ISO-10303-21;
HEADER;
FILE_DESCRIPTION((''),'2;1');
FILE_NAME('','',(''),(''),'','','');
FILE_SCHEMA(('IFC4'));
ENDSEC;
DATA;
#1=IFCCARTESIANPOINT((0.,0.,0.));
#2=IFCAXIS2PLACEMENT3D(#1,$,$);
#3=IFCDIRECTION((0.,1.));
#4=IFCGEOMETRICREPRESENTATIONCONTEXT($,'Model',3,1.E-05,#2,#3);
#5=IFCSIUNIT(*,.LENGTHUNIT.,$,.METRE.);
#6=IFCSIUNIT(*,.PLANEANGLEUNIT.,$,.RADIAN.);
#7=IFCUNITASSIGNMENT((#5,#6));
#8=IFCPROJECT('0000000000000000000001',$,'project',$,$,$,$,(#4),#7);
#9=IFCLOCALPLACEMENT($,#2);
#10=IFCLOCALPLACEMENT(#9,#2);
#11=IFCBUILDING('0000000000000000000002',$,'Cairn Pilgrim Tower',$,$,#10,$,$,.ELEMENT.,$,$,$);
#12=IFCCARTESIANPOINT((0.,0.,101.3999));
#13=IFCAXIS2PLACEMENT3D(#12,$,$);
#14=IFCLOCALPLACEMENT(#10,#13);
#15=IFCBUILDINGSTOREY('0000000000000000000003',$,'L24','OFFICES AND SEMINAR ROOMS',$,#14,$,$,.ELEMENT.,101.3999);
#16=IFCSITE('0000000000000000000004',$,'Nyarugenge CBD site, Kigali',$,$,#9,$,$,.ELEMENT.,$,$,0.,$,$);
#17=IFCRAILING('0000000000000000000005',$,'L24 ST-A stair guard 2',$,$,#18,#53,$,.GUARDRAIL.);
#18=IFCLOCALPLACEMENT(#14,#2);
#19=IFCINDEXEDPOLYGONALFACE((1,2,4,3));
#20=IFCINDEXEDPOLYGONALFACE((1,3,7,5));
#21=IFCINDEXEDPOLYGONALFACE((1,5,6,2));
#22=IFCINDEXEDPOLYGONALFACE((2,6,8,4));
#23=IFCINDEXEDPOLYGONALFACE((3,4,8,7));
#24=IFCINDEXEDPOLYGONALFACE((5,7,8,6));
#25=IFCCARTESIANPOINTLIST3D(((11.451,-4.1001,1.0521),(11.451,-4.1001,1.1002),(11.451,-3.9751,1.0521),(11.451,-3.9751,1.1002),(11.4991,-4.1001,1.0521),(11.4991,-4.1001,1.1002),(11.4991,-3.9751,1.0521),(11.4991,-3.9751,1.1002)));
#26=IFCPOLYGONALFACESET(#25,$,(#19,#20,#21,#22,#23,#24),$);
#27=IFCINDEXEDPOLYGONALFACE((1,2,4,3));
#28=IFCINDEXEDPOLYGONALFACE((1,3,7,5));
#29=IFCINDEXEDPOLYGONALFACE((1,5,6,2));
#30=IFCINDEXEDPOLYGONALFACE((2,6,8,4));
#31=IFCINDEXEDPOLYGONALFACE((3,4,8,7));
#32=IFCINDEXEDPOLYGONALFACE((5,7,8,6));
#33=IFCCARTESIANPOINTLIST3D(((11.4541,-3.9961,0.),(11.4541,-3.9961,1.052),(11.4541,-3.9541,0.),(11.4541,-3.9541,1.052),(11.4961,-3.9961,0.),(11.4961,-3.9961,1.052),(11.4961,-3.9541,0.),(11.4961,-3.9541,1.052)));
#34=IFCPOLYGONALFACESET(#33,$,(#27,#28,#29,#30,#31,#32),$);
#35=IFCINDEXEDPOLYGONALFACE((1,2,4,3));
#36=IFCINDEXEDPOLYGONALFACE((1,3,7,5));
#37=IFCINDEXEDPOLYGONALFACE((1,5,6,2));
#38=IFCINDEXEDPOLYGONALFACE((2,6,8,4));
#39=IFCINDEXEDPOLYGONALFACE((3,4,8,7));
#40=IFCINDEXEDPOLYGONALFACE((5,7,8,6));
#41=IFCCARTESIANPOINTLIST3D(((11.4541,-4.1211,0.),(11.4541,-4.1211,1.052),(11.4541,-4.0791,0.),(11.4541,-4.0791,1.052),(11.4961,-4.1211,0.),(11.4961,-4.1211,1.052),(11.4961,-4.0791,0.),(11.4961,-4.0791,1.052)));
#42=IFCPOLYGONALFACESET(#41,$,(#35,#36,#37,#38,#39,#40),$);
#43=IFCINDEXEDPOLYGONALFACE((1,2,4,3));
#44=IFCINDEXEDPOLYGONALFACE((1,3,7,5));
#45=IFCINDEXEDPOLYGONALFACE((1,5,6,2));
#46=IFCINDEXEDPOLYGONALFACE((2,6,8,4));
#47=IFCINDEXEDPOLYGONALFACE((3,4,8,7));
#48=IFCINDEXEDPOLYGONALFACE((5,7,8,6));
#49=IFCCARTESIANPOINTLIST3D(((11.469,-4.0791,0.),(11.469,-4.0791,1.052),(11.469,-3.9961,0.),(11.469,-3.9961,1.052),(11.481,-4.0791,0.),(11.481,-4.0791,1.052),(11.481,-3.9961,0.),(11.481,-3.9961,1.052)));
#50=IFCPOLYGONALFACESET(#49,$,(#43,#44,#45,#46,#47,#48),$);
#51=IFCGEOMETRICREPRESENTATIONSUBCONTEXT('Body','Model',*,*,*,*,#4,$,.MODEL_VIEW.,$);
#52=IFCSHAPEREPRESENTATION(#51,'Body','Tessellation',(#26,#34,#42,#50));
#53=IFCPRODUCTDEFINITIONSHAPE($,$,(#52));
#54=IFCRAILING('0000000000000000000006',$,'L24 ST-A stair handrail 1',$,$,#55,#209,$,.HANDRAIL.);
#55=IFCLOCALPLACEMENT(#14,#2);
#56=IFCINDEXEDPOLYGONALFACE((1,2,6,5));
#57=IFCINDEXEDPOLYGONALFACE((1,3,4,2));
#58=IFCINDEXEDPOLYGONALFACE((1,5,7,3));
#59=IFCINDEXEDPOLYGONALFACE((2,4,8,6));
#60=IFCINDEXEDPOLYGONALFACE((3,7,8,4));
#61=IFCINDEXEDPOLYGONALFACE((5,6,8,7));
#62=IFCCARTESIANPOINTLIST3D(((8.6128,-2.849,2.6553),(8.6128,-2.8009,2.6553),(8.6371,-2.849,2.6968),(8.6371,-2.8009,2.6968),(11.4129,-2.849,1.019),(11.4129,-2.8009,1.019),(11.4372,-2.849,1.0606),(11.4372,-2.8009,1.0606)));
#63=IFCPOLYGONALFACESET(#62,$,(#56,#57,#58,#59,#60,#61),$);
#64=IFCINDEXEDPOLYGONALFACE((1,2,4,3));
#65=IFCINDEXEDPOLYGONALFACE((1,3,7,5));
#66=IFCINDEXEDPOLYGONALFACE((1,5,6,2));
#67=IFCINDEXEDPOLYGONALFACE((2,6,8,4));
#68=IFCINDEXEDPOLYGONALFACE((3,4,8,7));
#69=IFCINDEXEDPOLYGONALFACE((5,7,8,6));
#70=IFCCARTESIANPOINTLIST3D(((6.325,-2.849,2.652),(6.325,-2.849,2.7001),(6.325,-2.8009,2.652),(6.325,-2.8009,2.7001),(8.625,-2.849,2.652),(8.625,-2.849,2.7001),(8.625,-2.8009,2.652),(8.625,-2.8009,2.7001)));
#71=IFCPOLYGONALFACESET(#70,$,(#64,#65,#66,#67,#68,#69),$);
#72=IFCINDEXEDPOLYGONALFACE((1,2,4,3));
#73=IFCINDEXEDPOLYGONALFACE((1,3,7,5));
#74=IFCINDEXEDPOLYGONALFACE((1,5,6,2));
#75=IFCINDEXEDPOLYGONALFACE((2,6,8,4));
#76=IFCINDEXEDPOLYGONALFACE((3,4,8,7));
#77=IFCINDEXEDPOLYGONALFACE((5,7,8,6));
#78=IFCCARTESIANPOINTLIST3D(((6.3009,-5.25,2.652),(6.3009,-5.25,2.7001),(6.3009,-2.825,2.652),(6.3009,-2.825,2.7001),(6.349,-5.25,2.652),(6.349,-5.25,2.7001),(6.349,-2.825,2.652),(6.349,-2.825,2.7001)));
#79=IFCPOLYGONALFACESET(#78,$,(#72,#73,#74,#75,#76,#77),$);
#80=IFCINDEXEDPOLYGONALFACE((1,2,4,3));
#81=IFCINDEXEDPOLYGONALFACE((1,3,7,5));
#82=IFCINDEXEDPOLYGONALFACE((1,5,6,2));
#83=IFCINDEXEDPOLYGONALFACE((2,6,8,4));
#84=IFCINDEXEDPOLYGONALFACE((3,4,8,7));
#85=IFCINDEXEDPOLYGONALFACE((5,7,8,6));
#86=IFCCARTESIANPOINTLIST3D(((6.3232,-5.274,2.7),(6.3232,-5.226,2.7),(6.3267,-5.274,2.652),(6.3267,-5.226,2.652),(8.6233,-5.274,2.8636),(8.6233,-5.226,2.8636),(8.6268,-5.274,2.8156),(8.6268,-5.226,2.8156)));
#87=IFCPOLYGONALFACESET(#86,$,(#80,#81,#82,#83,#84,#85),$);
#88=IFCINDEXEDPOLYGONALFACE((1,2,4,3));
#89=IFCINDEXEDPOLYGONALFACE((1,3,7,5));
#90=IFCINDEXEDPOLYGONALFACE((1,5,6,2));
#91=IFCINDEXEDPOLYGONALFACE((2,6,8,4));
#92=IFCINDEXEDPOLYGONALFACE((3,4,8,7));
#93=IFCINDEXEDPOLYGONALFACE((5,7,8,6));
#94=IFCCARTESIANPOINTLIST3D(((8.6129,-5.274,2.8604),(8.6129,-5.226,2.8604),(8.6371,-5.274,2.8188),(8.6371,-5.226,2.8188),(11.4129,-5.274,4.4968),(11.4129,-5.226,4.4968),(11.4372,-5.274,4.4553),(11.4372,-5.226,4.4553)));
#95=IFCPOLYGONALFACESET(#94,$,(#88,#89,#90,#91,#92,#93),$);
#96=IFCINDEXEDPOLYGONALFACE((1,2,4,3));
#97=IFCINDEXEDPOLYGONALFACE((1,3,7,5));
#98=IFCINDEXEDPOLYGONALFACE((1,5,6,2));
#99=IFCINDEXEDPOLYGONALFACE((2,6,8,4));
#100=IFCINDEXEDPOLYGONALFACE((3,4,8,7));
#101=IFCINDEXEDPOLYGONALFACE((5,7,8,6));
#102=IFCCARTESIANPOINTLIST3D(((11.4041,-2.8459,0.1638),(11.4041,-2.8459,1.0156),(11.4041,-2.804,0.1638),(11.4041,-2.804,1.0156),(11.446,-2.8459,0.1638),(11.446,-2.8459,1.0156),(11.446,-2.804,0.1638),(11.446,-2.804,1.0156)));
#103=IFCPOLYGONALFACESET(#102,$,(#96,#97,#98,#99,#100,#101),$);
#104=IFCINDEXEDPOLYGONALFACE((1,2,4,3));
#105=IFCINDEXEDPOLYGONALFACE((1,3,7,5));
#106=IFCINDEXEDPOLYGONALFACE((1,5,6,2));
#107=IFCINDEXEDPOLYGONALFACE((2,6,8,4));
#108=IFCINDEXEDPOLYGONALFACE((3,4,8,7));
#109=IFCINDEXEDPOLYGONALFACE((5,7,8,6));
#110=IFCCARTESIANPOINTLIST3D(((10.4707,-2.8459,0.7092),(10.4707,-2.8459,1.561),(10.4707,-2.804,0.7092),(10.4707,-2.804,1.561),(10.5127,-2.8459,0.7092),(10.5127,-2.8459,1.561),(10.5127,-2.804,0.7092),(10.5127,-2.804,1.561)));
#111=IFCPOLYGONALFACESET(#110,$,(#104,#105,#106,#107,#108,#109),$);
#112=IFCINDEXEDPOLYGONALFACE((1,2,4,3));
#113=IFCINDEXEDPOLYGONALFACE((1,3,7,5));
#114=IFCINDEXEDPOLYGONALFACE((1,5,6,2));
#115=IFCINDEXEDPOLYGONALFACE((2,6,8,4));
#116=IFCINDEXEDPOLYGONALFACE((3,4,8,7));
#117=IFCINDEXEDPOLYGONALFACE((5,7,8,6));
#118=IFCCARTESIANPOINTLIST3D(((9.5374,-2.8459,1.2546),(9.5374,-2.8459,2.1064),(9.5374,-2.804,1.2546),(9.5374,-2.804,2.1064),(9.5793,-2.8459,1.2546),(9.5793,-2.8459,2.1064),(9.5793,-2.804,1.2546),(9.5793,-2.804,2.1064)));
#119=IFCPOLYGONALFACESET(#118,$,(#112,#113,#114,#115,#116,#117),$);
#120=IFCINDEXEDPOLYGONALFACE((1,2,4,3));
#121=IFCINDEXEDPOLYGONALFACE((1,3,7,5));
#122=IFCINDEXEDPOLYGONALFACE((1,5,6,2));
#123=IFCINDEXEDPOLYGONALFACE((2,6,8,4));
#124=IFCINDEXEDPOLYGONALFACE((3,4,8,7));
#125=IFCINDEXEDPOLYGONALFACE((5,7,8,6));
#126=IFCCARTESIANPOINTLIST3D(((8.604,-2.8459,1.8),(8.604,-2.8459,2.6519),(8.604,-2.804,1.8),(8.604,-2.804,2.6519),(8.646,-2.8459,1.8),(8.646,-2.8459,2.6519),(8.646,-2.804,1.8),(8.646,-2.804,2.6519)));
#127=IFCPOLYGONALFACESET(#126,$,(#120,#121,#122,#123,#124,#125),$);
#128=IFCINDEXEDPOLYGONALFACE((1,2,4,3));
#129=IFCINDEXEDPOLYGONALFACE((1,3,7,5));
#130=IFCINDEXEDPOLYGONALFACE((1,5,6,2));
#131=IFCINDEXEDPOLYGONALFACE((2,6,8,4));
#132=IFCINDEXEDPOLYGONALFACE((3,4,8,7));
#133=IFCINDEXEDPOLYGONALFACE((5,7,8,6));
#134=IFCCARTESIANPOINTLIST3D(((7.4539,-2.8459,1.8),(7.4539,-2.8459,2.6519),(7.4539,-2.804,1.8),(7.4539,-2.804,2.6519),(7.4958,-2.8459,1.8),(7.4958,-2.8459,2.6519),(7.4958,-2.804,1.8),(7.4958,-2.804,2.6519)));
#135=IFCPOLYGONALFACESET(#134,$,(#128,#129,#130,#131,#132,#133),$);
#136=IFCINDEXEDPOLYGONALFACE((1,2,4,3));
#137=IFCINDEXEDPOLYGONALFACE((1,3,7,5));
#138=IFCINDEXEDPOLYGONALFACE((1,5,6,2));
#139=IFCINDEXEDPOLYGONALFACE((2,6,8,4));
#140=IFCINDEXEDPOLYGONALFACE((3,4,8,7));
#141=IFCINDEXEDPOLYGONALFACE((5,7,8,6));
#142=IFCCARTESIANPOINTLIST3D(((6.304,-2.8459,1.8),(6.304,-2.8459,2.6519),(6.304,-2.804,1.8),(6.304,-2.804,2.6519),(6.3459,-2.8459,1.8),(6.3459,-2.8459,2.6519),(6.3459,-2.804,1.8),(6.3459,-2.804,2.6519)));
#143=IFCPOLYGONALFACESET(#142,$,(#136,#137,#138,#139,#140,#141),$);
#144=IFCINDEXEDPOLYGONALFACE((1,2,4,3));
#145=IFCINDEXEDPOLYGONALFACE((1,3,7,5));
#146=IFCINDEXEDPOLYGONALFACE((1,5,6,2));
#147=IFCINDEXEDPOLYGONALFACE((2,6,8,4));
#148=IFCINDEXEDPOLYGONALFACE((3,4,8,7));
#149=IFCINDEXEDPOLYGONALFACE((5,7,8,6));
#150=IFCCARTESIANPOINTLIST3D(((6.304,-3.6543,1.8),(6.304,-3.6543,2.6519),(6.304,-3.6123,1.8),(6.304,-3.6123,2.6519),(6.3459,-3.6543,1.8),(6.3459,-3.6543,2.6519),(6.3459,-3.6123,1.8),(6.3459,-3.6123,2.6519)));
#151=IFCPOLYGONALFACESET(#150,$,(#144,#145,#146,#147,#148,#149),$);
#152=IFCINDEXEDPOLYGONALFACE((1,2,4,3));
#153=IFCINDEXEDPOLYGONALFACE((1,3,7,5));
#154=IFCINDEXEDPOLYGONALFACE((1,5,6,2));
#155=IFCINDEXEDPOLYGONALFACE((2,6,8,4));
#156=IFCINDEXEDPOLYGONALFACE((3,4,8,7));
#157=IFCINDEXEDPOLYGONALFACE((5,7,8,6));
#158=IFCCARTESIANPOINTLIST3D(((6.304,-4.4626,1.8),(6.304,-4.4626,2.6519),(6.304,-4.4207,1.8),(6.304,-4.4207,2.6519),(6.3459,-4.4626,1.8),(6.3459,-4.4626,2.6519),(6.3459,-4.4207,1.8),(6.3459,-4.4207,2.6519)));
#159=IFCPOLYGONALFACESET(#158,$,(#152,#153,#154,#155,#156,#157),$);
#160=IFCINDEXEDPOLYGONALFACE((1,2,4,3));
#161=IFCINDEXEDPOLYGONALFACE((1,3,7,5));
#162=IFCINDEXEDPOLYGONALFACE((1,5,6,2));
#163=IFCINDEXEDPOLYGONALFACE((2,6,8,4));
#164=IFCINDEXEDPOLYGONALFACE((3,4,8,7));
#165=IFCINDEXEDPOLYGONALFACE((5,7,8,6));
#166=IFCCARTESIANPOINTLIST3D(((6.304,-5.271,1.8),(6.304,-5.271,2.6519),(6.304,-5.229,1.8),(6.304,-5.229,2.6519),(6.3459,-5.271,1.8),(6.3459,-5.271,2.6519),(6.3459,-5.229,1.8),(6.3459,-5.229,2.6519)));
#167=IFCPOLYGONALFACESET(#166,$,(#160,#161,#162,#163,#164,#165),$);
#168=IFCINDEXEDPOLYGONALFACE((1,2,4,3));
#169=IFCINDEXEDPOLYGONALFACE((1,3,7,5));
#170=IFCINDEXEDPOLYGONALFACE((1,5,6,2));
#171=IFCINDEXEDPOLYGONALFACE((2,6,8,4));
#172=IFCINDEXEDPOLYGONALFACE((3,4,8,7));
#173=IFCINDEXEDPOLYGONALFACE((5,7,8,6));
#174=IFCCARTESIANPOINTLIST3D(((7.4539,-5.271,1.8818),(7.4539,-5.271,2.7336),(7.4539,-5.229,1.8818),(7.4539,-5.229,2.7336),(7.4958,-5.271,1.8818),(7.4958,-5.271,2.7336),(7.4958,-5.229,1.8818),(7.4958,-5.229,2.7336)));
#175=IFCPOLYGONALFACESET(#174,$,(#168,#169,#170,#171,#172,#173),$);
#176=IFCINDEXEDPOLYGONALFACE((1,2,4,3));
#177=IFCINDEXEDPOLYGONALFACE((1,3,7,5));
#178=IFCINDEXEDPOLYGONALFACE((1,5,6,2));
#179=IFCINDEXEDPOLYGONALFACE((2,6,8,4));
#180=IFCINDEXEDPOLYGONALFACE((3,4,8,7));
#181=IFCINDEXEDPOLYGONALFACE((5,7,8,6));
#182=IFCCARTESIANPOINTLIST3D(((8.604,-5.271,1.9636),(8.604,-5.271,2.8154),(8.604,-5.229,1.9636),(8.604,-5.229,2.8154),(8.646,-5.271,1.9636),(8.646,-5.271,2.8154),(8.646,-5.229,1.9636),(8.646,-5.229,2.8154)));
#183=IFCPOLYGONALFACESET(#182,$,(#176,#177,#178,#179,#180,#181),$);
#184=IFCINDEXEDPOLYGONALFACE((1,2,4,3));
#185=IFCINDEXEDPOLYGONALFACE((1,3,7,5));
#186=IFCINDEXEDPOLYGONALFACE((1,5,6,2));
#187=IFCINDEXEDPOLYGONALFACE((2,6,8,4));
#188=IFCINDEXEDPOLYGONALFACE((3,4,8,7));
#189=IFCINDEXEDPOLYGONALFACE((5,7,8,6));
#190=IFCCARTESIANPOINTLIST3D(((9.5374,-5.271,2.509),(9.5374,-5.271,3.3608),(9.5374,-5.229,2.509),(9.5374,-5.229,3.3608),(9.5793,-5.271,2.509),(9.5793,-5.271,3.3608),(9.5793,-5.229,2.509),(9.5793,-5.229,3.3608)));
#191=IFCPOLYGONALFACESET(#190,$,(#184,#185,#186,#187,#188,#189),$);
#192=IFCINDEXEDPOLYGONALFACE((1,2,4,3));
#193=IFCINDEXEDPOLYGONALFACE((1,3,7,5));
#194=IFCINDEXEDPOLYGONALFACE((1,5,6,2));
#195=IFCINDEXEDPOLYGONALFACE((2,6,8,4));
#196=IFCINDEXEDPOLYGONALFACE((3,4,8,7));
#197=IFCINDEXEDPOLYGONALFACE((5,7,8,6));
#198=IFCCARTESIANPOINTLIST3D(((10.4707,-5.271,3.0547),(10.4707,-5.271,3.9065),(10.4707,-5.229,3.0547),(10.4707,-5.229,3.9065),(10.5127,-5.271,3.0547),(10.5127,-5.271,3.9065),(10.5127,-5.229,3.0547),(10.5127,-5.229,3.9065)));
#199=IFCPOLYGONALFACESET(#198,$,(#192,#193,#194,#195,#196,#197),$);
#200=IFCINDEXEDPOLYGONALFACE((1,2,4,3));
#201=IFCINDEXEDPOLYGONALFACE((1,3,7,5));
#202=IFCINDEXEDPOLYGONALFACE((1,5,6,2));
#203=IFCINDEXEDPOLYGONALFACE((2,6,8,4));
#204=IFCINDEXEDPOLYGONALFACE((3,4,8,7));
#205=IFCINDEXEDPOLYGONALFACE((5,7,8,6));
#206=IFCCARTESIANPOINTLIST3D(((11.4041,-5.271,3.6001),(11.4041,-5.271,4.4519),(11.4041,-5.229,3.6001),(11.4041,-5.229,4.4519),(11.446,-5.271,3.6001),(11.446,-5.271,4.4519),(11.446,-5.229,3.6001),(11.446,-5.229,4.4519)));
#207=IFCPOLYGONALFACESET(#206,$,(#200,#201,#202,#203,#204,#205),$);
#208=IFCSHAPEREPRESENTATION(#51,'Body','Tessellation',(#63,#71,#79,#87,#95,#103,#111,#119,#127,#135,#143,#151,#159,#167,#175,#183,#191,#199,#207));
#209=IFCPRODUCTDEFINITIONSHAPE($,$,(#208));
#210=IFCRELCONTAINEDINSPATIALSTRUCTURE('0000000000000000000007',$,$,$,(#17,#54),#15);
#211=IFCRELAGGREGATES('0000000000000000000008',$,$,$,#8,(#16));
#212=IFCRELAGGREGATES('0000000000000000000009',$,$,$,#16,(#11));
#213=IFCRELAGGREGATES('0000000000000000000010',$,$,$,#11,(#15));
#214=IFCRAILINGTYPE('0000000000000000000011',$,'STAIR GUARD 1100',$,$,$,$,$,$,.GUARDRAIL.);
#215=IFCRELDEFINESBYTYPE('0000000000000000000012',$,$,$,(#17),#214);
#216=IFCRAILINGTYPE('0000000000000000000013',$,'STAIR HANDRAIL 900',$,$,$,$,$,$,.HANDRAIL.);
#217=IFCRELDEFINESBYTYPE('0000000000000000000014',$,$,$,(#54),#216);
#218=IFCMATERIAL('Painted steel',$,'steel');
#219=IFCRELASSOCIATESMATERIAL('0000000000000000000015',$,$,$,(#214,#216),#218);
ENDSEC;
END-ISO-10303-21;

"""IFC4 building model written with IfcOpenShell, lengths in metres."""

from ifc_helpers import new_model, si_unit, direction, frame, origin, origin_2d, place, context, subcontext, project, spatial, polyline, rectangle, outline, extrude, material, type_object, element, save


model = new_model("IFC4")

# Units and contexts
model_context = context("Model", 3, precision=1e-05, world=origin(), true_north=direction((0.0, 1.0)))
body_context = subcontext(model_context, "Body", "Model", "MODEL_VIEW")
ifc_project = project(units=[si_unit("LENGTHUNIT", "METRE"), si_unit("PLANEANGLEUNIT", "RADIAN")], contexts=[model_context])

# Site, building, storey
site_placement = place(None, origin())
site = spatial("IfcSite", under=ifc_project, at=site_placement, Name="Nyarugenge CBD site, Kigali", CompositionType="ELEMENT", RefElevation=0.0)
building_placement = place(site_placement, origin())
building = spatial("IfcBuilding", under=site, at=building_placement, Name="Cairn Pilgrim Tower", CompositionType="ELEMENT")
storey_placement = place(building_placement, frame((0.0, 0.0, 101.3999)))
storey = spatial("IfcBuildingStorey", under=building, at=storey_placement, Name="L24", Description="OFFICES AND SEMINAR ROOMS", CompositionType="ELEMENT", Elevation=101.3999)

# Shared definitions
ifc_material_1 = material(Name="Painted steel", Category="steel")

# Railings
railing_type_1 = type_object("IfcRailingType", Name="STAIR GUARD 1100", PredefinedType="GUARDRAIL", material=ifc_material_1)
railing_1_placement = place(storey_placement, frame((11.4751, -3.9751, 0.0)))
element("IfcRailing", 1, at=railing_1_placement, inside=storey, type_object=railing_type_1, Name="L24 ST-A stair guard 2", PredefinedType="GUARDRAIL", context=body_context, shape_type="SweptSolid", body=[
    extrude(rectangle(XDim=0.0481, YDim=0.0481, at=origin_2d()), frame((0.0, 0.0, 1.0762), z_axis=(0.0, -1.0, 0.0), x_axis=(1.0, 0.0, 0.0)), (0.0, 0.0, 1.0), 0.125),
    extrude(rectangle(XDim=0.042, YDim=0.042, at=origin_2d()), origin(), (0.0, 0.0, 1.0), 1.052),
    extrude(rectangle(XDim=0.042, YDim=0.042, at=origin_2d()), frame((0.0, -0.125, 0.0)), (0.0, 0.0, 1.0), 1.052),
    extrude(outline(polyline([(0.021, 0.0), (0.104, 0.0), (0.104, 1.052), (0.021, 1.052), (0.021, 0.0)])), frame((0.0059, 0.0, 0.0), z_axis=(-1.0, 0.0, 0.0), x_axis=(0.0, -1.0, 0.0)), (0.0, 0.0, 1.0), 0.012),
])
railing_type_2 = type_object("IfcRailingType", Name="STAIR HANDRAIL 900", PredefinedType="HANDRAIL", material=ifc_material_1)
railing_2_placement = place(storey_placement, frame((11.425, -2.825, 0.1638)))
element("IfcRailing", 2, at=railing_2_placement, inside=storey, type_object=railing_type_2, Name="L24 ST-A stair handrail 1", PredefinedType="HANDRAIL", context=body_context, shape_type="SweptSolid", body=[
    extrude(rectangle(XDim=0.0481, YDim=0.0481, at=origin_2d()), frame((0.0, 0.0, 0.876), z_axis=(-0.863394, 0.0, 0.504531), x_axis=(0.0, -1.0, 0.0)), (0.0, 0.0, 1.0), 3.2432),
    extrude(rectangle(XDim=0.0481, YDim=0.0481, at=origin_2d()), frame((-2.8, 0.0, 2.5122), z_axis=(-1.0, 0.0, 0.0), x_axis=(0.0, -1.0, 0.0)), (0.0, 0.0, 1.0), 2.3),
    extrude(rectangle(XDim=0.0481, YDim=0.0481, at=origin_2d()), frame((-5.1001, 0.0, 2.5122), z_axis=(0.0, -1.0, 0.0), x_axis=(1.0, 0.0, 0.0)), (0.0, 0.0, 1.0), 2.425),
    extrude(rectangle(XDim=0.0481, YDim=0.0481, at=origin_2d()), frame((-5.1001, -2.425, 2.5122), z_axis=(0.997481, 0.0, 0.070939), x_axis=(0.0, 1.0, 0.0)), (0.0, 0.0, 1.0), 2.3059),
    extrude(rectangle(XDim=0.0481, YDim=0.0481, at=origin_2d()), frame((-2.8, -2.425, 2.6758), z_axis=(0.863361, 0.0, 0.504587), x_axis=(0.0, 1.0, 0.0)), (0.0, 0.0, 1.0), 3.2432),
    extrude(rectangle(XDim=0.042, YDim=0.042, at=origin_2d()), origin(), (0.0, 0.0, 1.0), 0.8518),
    extrude(rectangle(XDim=0.042, YDim=0.042, at=origin_2d()), frame((-0.9333, 0.0, 0.5454)), (0.0, 0.0, 1.0), 0.8518),
    extrude(rectangle(XDim=0.042, YDim=0.042, at=origin_2d()), frame((-1.8667, 0.0, 1.0908)), (0.0, 0.0, 1.0), 0.8518),
    extrude(rectangle(XDim=0.042, YDim=0.042, at=origin_2d()), frame((-2.8, 0.0, 1.6362)), (0.0, 0.0, 1.0), 0.8518),
    extrude(rectangle(XDim=0.042, YDim=0.042, at=origin_2d()), frame((-3.9502, 0.0, 1.6362)), (0.0, 0.0, 1.0), 0.8518),
    extrude(rectangle(XDim=0.042, YDim=0.042, at=origin_2d()), frame((-5.1001, 0.0, 1.6362)), (0.0, 0.0, 1.0), 0.8518),
    extrude(rectangle(XDim=0.042, YDim=0.042, at=origin_2d()), frame((-5.1001, -0.8083, 1.6362)), (0.0, 0.0, 1.0), 0.8518),
    extrude(rectangle(XDim=0.042, YDim=0.042, at=origin_2d()), frame((-5.1001, -1.6167, 1.6362)), (0.0, 0.0, 1.0), 0.8518),
    extrude(rectangle(XDim=0.042, YDim=0.042, at=origin_2d()), frame((-5.1001, -2.425, 1.6362)), (0.0, 0.0, 1.0), 0.8518),
    extrude(rectangle(XDim=0.042, YDim=0.042, at=origin_2d()), frame((-3.9502, -2.425, 1.718)), (0.0, 0.0, 1.0), 0.8518),
    extrude(rectangle(XDim=0.042, YDim=0.042, at=origin_2d()), frame((-2.8, -2.425, 1.7998)), (0.0, 0.0, 1.0), 0.8518),
    extrude(rectangle(XDim=0.042, YDim=0.042, at=origin_2d()), frame((-1.8667, -2.425, 2.3452)), (0.0, 0.0, 1.0), 0.8518),
    extrude(rectangle(XDim=0.042, YDim=0.042, at=origin_2d()), frame((-0.9333, -2.425, 2.8909)), (0.0, 0.0, 1.0), 0.8518),
    extrude(rectangle(XDim=0.042, YDim=0.042, at=origin_2d()), frame((0.0, -2.425, 3.4363)), (0.0, 0.0, 1.0), 0.8518),
])

save(model, "model.ifc")
